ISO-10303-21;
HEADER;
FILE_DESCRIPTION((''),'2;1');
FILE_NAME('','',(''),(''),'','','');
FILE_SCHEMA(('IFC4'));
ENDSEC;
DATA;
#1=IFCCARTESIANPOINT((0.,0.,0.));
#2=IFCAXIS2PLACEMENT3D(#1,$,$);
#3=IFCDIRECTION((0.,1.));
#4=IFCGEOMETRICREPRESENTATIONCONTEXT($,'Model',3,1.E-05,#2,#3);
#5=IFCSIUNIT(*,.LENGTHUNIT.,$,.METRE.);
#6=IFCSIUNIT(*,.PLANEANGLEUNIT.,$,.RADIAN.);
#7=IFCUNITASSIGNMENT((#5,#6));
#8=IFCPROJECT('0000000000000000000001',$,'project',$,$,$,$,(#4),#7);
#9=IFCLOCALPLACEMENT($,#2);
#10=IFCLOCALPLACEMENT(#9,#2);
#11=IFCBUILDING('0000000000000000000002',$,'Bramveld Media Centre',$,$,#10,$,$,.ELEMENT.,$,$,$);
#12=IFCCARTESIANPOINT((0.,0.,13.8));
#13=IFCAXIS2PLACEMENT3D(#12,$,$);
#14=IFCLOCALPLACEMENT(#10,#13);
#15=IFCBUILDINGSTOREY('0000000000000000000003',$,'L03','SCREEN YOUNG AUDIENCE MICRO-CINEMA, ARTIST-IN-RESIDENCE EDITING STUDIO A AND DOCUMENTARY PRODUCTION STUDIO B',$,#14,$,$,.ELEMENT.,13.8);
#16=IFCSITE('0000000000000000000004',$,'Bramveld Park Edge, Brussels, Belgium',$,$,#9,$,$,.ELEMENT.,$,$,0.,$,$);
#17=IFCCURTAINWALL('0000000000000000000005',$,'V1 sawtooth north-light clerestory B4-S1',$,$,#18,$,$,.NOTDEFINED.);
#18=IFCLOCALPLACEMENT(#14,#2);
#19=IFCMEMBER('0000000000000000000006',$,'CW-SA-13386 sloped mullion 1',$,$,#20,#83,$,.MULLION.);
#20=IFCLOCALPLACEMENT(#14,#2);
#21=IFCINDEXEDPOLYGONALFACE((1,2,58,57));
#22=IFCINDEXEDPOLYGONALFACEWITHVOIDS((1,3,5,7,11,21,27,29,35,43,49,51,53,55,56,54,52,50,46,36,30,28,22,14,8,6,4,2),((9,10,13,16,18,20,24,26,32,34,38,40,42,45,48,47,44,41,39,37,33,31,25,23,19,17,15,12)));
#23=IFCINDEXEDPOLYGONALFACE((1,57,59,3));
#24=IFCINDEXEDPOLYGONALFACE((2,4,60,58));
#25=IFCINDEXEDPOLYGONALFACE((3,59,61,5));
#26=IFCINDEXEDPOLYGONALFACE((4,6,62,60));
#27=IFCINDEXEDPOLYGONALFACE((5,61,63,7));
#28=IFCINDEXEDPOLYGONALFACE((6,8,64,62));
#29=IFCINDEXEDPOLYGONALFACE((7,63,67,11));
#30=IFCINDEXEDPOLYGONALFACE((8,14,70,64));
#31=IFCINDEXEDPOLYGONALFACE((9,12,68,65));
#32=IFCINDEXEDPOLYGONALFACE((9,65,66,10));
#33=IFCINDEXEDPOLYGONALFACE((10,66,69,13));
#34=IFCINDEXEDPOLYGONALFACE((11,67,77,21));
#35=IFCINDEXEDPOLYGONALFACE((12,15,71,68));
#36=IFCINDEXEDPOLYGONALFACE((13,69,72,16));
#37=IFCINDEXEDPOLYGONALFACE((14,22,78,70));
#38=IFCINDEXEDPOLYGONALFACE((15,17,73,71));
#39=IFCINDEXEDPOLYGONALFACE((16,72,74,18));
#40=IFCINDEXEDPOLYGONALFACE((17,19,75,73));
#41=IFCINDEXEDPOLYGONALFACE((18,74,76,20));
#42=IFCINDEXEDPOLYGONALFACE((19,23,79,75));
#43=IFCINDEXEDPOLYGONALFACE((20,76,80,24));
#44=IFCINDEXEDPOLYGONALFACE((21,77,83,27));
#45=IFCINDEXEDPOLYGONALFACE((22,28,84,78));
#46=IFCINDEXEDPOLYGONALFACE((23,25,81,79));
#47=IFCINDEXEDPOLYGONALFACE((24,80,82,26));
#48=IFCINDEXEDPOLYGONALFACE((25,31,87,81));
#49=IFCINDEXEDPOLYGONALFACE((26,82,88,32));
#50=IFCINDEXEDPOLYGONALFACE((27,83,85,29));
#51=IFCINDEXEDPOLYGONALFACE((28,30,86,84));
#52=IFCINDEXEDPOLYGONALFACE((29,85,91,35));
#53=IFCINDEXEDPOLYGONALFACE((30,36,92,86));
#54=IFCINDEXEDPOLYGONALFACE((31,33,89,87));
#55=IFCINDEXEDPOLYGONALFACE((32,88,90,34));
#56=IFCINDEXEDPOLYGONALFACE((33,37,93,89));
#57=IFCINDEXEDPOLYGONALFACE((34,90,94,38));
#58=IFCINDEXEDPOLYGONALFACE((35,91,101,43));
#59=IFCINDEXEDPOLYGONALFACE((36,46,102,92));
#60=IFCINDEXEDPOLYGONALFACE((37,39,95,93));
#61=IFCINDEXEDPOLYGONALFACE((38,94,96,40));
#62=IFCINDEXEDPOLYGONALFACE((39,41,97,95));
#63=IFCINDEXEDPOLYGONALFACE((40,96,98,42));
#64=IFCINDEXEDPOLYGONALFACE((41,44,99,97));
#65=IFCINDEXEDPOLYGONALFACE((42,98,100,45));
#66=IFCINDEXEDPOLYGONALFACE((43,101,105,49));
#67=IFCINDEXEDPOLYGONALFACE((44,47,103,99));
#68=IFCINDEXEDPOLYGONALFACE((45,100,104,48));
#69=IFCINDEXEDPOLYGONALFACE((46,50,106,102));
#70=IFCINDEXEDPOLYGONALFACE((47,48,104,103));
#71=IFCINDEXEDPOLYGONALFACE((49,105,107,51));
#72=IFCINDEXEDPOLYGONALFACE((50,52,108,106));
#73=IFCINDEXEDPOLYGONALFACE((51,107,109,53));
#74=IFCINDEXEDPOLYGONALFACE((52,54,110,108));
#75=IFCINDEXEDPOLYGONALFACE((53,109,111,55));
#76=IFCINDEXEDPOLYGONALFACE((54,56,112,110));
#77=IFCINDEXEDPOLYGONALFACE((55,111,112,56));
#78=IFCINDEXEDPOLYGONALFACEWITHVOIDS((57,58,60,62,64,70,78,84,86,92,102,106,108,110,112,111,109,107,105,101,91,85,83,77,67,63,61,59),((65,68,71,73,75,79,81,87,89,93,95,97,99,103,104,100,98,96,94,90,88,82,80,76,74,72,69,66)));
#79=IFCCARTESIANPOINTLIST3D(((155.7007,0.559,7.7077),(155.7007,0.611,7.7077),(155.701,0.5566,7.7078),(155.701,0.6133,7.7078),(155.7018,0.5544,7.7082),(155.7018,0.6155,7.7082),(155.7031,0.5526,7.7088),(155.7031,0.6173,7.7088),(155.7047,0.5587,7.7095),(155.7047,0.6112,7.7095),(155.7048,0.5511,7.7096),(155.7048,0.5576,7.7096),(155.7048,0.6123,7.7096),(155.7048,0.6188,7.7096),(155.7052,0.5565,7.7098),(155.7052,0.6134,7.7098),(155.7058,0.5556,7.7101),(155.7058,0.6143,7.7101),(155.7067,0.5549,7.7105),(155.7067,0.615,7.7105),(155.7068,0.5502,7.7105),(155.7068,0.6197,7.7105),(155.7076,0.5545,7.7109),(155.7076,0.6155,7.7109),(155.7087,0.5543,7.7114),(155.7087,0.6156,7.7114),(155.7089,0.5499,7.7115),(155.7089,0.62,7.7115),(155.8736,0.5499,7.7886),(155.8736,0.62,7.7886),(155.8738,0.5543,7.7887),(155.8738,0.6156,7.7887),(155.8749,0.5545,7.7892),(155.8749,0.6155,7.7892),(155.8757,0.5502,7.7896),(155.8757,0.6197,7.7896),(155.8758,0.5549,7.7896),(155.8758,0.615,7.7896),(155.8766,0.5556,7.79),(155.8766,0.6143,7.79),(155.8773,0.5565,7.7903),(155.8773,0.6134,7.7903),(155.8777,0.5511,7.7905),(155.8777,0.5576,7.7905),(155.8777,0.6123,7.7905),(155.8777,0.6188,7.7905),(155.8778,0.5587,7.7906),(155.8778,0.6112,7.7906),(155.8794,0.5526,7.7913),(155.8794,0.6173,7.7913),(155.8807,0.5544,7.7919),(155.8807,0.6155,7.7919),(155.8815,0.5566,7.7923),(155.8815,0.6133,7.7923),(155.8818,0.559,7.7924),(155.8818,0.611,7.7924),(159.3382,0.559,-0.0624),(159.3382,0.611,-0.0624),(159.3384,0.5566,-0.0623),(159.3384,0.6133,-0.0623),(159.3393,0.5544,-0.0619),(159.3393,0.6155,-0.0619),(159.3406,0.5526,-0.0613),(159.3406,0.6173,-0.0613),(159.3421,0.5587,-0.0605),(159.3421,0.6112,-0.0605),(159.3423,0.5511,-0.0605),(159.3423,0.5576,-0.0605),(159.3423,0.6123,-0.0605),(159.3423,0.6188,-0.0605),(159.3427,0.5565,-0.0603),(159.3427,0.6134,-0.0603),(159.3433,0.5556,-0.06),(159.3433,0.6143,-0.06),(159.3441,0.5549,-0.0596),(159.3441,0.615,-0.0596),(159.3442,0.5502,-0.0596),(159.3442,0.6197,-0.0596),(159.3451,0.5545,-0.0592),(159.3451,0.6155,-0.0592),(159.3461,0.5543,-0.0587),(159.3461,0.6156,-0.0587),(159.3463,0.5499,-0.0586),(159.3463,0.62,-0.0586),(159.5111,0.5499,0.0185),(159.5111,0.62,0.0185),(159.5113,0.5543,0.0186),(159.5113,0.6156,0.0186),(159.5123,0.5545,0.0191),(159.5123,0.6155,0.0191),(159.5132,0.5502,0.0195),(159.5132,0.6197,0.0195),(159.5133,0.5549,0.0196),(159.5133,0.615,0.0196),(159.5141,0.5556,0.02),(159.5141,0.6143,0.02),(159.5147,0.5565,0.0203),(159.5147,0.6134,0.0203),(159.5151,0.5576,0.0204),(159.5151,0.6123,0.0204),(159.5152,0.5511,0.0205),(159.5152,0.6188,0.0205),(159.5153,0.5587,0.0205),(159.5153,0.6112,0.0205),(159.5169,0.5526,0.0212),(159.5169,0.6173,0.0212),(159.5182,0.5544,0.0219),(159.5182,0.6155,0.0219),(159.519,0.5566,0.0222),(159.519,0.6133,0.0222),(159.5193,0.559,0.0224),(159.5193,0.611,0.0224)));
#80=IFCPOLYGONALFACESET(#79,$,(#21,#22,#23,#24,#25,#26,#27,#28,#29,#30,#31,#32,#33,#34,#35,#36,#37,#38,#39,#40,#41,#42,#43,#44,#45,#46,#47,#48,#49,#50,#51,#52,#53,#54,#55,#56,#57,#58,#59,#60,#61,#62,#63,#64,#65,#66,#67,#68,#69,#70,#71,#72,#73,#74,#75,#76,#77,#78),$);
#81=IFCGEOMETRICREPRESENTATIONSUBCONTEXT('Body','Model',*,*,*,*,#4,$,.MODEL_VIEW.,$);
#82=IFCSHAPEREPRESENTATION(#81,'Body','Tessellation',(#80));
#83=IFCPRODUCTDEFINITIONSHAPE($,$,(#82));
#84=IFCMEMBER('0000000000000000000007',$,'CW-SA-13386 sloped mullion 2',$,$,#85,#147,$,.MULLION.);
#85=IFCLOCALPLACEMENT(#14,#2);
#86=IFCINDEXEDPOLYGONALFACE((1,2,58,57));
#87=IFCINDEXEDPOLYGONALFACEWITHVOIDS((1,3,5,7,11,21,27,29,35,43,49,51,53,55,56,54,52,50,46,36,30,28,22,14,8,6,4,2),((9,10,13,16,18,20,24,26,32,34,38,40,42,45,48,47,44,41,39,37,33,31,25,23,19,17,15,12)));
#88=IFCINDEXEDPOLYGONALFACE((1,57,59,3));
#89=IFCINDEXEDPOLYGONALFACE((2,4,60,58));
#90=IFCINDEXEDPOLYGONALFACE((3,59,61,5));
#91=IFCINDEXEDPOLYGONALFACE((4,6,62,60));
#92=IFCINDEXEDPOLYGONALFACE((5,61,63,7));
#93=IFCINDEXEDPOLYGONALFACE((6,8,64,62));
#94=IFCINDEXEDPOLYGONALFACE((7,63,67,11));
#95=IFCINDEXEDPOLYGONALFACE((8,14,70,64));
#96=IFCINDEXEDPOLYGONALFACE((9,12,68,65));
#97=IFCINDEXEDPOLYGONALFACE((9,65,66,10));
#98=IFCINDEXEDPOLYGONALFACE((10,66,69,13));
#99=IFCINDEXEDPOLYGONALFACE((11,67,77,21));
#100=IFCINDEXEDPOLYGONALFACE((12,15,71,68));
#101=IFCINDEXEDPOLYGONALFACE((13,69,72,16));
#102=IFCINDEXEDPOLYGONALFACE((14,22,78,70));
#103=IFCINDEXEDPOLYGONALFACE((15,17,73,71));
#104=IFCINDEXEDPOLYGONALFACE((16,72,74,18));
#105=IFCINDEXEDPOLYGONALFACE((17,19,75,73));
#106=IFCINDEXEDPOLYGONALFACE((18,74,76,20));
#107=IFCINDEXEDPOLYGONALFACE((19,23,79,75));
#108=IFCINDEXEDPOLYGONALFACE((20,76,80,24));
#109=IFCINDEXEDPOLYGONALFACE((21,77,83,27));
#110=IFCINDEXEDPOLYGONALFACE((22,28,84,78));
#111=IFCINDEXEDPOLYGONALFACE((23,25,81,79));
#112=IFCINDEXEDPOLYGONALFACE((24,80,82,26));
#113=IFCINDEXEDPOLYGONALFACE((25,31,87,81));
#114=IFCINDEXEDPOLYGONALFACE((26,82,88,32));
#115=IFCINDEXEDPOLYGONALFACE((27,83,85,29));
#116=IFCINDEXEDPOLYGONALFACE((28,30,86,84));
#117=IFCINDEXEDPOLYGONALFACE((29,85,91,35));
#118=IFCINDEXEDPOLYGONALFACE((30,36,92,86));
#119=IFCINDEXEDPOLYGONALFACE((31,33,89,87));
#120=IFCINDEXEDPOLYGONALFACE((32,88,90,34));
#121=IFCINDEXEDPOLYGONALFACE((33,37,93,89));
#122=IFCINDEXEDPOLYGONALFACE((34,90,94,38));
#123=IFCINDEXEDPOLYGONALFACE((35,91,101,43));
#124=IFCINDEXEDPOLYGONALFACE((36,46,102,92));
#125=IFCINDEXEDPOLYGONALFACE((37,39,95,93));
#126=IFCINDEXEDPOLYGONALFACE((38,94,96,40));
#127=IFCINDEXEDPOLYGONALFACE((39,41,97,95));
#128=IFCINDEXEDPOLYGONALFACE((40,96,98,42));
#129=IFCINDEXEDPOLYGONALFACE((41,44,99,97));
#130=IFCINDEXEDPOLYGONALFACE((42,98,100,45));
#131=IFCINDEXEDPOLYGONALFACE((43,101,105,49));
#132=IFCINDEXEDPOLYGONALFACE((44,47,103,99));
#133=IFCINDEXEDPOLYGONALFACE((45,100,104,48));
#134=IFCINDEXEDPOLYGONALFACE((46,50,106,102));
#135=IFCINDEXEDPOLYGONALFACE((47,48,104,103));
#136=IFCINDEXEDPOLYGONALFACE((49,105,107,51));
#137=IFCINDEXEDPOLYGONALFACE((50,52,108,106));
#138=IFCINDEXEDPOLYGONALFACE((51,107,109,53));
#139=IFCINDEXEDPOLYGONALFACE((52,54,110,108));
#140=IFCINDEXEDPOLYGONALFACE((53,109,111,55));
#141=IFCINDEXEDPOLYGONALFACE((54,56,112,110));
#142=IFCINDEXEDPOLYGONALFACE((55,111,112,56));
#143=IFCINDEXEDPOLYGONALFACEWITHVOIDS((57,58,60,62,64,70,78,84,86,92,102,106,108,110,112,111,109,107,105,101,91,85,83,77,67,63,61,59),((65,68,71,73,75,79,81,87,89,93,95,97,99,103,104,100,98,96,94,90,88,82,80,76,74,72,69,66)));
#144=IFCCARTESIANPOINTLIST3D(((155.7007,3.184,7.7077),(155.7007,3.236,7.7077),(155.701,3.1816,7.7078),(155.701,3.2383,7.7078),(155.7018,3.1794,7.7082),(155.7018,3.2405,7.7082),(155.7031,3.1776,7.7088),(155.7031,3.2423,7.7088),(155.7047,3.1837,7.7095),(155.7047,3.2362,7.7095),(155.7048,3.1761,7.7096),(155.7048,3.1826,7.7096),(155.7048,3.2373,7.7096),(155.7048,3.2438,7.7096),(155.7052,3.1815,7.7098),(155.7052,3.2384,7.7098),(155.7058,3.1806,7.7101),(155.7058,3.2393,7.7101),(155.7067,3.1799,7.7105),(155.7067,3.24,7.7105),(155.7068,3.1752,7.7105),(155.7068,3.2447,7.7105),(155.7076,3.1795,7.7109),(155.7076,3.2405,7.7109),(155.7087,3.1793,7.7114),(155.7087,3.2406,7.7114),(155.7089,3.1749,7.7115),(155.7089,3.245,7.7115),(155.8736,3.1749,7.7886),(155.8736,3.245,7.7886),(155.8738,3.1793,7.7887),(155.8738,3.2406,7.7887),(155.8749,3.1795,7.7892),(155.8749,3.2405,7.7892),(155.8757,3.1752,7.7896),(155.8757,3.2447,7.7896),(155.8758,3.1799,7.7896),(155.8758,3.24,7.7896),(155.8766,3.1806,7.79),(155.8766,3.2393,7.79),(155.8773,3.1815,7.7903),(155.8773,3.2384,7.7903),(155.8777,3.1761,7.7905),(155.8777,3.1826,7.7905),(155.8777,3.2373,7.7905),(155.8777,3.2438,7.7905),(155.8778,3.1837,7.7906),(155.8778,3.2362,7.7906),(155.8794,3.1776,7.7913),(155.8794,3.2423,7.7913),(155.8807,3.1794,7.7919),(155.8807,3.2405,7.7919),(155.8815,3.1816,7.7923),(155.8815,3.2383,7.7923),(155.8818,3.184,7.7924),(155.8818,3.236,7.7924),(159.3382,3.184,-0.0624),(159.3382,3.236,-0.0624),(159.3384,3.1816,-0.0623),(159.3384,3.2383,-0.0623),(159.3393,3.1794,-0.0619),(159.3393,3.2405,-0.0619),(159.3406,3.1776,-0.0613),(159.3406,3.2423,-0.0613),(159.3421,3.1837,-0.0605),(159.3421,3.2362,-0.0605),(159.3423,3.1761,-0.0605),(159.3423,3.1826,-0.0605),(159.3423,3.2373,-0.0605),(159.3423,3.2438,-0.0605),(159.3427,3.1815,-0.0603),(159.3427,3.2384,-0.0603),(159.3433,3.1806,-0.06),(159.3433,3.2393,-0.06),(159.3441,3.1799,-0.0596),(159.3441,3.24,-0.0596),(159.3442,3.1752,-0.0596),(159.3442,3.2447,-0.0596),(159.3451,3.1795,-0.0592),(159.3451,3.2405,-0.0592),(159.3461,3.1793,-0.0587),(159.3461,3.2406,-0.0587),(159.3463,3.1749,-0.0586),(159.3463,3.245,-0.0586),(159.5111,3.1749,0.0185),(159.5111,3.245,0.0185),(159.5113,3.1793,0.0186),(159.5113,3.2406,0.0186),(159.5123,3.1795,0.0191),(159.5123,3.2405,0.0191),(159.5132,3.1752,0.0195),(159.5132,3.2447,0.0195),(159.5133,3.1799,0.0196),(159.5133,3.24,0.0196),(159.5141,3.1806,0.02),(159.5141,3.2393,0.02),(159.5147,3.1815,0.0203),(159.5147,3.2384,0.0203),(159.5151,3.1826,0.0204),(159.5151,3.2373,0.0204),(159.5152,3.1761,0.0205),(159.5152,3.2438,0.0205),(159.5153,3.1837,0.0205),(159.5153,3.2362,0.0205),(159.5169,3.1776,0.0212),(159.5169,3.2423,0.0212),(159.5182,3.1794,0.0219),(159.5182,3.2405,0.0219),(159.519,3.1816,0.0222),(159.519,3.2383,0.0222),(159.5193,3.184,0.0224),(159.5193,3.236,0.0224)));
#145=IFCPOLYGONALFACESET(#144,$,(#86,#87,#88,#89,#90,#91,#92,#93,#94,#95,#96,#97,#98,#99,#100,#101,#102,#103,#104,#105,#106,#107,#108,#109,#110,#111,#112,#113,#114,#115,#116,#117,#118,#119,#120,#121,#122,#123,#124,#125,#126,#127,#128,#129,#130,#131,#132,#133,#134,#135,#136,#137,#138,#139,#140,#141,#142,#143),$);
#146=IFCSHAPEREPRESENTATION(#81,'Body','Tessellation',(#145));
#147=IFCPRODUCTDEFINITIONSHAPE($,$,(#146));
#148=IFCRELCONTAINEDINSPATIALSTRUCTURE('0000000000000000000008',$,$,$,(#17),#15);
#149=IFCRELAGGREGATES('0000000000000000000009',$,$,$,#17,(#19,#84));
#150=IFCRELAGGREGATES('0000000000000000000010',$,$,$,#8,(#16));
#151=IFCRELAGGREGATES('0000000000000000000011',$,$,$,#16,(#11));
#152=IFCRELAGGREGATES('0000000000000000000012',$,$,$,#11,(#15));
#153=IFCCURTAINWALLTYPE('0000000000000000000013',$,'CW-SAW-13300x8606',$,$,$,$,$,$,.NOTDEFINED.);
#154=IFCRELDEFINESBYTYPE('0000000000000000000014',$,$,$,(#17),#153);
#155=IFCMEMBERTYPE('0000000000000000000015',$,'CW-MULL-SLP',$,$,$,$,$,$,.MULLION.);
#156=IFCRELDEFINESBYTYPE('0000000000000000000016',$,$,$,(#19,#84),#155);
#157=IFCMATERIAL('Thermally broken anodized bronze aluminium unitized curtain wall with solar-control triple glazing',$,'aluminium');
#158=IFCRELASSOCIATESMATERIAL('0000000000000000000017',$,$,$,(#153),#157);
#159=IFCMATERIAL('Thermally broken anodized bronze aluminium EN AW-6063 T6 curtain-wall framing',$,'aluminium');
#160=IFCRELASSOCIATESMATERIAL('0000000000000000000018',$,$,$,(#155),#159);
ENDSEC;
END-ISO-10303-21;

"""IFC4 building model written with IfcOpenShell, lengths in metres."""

from ifc_helpers import new_model, si_unit, direction, frame, origin, origin_2d, place, context, subcontext, project, spatial, hollow_rectangle, extrude, material, material_profile, profile_set, type_object, element, aggregate, save


model = new_model("IFC4")

# Units and contexts
model_context = context("Model", 3, precision=1e-05, world=origin(), true_north=direction((0.0, 1.0)))
body_context = subcontext(model_context, "Body", "Model", "MODEL_VIEW")
ifc_project = project(units=[si_unit("LENGTHUNIT", "METRE"), si_unit("PLANEANGLEUNIT", "RADIAN")], contexts=[model_context])

# Site, building, storey
site_placement = place(None, origin())
site = spatial("IfcSite", under=ifc_project, at=site_placement, Name="Bramveld Park Edge, Brussels, Belgium", CompositionType="ELEMENT", RefElevation=0.0)
building_placement = place(site_placement, origin())
building = spatial("IfcBuilding", under=site, at=building_placement, Name="Bramveld Media Centre", CompositionType="ELEMENT")
storey_placement = place(building_placement, frame((0.0, 0.0, 13.8)))
storey = spatial("IfcBuildingStorey", under=building, at=storey_placement, Name="L03", Description="SCREEN YOUNG AUDIENCE MICRO-CINEMA, ARTIST-IN-RESIDENCE EDITING STUDIO A AND DOCUMENTARY PRODUCTION STUDIO B", CompositionType="ELEMENT", Elevation=13.8)

# Curtain wall, members
ifc_material_1 = material(Name="Thermally broken anodized bronze aluminium unitized curtain wall with solar-control triple glazing", Category="aluminium")
curtain_wall_type = type_object("IfcCurtainWallType", Name="CW-SAW-13300x8606", PredefinedType="NOTDEFINED", material=ifc_material_1)
curtain_wall_placement = place(storey_placement, origin())
curtain_wall = element("IfcCurtainWall", 1, at=curtain_wall_placement, inside=storey, type_object=curtain_wall_type, Name="V1 sawtooth north-light clerestory B4-S1", PredefinedType="NOTDEFINED")
ifc_material_2 = material(Name="Thermally broken anodized bronze aluminium EN AW-6063 T6 curtain-wall framing", Category="aluminium")
ifc_material_profile_1 = material_profile(ifc_material_2, hollow_rectangle(XDim=0.0701, YDim=0.2, WallThickness=0.0044, InnerFilletRadius=0.0044, OuterFilletRadius=0.009, at=origin_2d()), Name="AL-MULL 70x200")
ifc_profile_set_1 = profile_set([ifc_material_profile_1], Name="Thermally broken anodized bronze aluminium EN AW-6063 T6 curtain-wall framing")
member_type_1 = type_object("IfcMemberType", Name="CW-MULL-SLP", PredefinedType="MULLION", material=ifc_profile_set_1)
member_1_placement = place(storey_placement, frame((159.4287, 0.585, -0.02), z_axis=(-0.42398, 0.0, 0.905671), x_axis=(0.0, -1.0, 0.0)))
member_1 = element("IfcMember", 2, at=member_1_placement, type_object=member_type_1, Name="CW-SA-13386 sloped mullion 1", PredefinedType="MULLION", context=body_context, shape_type="SweptSolid", body=[
    extrude(hollow_rectangle(XDim=0.0701, YDim=0.2, WallThickness=0.0044, InnerFilletRadius=0.0044, OuterFilletRadius=0.009, at=origin_2d()), origin(), (0.0, 0.0, 1.0), 8.5793),
])
member_2_placement = place(storey_placement, frame((159.4287, 3.21, -0.02), z_axis=(-0.42398, 0.0, 0.905671), x_axis=(0.0, -1.0, 0.0)))
member_2 = element("IfcMember", 3, at=member_2_placement, type_object=member_type_1, Name="CW-SA-13386 sloped mullion 2", PredefinedType="MULLION", context=body_context, shape_type="SweptSolid", body=[
    extrude(hollow_rectangle(XDim=0.0701, YDim=0.2, WallThickness=0.0044, InnerFilletRadius=0.0044, OuterFilletRadius=0.009, at=origin_2d()), origin(), (0.0, 0.0, 1.0), 8.5793),
])

aggregate(curtain_wall, [member_1, member_2])

save(model, "model.ifc")
